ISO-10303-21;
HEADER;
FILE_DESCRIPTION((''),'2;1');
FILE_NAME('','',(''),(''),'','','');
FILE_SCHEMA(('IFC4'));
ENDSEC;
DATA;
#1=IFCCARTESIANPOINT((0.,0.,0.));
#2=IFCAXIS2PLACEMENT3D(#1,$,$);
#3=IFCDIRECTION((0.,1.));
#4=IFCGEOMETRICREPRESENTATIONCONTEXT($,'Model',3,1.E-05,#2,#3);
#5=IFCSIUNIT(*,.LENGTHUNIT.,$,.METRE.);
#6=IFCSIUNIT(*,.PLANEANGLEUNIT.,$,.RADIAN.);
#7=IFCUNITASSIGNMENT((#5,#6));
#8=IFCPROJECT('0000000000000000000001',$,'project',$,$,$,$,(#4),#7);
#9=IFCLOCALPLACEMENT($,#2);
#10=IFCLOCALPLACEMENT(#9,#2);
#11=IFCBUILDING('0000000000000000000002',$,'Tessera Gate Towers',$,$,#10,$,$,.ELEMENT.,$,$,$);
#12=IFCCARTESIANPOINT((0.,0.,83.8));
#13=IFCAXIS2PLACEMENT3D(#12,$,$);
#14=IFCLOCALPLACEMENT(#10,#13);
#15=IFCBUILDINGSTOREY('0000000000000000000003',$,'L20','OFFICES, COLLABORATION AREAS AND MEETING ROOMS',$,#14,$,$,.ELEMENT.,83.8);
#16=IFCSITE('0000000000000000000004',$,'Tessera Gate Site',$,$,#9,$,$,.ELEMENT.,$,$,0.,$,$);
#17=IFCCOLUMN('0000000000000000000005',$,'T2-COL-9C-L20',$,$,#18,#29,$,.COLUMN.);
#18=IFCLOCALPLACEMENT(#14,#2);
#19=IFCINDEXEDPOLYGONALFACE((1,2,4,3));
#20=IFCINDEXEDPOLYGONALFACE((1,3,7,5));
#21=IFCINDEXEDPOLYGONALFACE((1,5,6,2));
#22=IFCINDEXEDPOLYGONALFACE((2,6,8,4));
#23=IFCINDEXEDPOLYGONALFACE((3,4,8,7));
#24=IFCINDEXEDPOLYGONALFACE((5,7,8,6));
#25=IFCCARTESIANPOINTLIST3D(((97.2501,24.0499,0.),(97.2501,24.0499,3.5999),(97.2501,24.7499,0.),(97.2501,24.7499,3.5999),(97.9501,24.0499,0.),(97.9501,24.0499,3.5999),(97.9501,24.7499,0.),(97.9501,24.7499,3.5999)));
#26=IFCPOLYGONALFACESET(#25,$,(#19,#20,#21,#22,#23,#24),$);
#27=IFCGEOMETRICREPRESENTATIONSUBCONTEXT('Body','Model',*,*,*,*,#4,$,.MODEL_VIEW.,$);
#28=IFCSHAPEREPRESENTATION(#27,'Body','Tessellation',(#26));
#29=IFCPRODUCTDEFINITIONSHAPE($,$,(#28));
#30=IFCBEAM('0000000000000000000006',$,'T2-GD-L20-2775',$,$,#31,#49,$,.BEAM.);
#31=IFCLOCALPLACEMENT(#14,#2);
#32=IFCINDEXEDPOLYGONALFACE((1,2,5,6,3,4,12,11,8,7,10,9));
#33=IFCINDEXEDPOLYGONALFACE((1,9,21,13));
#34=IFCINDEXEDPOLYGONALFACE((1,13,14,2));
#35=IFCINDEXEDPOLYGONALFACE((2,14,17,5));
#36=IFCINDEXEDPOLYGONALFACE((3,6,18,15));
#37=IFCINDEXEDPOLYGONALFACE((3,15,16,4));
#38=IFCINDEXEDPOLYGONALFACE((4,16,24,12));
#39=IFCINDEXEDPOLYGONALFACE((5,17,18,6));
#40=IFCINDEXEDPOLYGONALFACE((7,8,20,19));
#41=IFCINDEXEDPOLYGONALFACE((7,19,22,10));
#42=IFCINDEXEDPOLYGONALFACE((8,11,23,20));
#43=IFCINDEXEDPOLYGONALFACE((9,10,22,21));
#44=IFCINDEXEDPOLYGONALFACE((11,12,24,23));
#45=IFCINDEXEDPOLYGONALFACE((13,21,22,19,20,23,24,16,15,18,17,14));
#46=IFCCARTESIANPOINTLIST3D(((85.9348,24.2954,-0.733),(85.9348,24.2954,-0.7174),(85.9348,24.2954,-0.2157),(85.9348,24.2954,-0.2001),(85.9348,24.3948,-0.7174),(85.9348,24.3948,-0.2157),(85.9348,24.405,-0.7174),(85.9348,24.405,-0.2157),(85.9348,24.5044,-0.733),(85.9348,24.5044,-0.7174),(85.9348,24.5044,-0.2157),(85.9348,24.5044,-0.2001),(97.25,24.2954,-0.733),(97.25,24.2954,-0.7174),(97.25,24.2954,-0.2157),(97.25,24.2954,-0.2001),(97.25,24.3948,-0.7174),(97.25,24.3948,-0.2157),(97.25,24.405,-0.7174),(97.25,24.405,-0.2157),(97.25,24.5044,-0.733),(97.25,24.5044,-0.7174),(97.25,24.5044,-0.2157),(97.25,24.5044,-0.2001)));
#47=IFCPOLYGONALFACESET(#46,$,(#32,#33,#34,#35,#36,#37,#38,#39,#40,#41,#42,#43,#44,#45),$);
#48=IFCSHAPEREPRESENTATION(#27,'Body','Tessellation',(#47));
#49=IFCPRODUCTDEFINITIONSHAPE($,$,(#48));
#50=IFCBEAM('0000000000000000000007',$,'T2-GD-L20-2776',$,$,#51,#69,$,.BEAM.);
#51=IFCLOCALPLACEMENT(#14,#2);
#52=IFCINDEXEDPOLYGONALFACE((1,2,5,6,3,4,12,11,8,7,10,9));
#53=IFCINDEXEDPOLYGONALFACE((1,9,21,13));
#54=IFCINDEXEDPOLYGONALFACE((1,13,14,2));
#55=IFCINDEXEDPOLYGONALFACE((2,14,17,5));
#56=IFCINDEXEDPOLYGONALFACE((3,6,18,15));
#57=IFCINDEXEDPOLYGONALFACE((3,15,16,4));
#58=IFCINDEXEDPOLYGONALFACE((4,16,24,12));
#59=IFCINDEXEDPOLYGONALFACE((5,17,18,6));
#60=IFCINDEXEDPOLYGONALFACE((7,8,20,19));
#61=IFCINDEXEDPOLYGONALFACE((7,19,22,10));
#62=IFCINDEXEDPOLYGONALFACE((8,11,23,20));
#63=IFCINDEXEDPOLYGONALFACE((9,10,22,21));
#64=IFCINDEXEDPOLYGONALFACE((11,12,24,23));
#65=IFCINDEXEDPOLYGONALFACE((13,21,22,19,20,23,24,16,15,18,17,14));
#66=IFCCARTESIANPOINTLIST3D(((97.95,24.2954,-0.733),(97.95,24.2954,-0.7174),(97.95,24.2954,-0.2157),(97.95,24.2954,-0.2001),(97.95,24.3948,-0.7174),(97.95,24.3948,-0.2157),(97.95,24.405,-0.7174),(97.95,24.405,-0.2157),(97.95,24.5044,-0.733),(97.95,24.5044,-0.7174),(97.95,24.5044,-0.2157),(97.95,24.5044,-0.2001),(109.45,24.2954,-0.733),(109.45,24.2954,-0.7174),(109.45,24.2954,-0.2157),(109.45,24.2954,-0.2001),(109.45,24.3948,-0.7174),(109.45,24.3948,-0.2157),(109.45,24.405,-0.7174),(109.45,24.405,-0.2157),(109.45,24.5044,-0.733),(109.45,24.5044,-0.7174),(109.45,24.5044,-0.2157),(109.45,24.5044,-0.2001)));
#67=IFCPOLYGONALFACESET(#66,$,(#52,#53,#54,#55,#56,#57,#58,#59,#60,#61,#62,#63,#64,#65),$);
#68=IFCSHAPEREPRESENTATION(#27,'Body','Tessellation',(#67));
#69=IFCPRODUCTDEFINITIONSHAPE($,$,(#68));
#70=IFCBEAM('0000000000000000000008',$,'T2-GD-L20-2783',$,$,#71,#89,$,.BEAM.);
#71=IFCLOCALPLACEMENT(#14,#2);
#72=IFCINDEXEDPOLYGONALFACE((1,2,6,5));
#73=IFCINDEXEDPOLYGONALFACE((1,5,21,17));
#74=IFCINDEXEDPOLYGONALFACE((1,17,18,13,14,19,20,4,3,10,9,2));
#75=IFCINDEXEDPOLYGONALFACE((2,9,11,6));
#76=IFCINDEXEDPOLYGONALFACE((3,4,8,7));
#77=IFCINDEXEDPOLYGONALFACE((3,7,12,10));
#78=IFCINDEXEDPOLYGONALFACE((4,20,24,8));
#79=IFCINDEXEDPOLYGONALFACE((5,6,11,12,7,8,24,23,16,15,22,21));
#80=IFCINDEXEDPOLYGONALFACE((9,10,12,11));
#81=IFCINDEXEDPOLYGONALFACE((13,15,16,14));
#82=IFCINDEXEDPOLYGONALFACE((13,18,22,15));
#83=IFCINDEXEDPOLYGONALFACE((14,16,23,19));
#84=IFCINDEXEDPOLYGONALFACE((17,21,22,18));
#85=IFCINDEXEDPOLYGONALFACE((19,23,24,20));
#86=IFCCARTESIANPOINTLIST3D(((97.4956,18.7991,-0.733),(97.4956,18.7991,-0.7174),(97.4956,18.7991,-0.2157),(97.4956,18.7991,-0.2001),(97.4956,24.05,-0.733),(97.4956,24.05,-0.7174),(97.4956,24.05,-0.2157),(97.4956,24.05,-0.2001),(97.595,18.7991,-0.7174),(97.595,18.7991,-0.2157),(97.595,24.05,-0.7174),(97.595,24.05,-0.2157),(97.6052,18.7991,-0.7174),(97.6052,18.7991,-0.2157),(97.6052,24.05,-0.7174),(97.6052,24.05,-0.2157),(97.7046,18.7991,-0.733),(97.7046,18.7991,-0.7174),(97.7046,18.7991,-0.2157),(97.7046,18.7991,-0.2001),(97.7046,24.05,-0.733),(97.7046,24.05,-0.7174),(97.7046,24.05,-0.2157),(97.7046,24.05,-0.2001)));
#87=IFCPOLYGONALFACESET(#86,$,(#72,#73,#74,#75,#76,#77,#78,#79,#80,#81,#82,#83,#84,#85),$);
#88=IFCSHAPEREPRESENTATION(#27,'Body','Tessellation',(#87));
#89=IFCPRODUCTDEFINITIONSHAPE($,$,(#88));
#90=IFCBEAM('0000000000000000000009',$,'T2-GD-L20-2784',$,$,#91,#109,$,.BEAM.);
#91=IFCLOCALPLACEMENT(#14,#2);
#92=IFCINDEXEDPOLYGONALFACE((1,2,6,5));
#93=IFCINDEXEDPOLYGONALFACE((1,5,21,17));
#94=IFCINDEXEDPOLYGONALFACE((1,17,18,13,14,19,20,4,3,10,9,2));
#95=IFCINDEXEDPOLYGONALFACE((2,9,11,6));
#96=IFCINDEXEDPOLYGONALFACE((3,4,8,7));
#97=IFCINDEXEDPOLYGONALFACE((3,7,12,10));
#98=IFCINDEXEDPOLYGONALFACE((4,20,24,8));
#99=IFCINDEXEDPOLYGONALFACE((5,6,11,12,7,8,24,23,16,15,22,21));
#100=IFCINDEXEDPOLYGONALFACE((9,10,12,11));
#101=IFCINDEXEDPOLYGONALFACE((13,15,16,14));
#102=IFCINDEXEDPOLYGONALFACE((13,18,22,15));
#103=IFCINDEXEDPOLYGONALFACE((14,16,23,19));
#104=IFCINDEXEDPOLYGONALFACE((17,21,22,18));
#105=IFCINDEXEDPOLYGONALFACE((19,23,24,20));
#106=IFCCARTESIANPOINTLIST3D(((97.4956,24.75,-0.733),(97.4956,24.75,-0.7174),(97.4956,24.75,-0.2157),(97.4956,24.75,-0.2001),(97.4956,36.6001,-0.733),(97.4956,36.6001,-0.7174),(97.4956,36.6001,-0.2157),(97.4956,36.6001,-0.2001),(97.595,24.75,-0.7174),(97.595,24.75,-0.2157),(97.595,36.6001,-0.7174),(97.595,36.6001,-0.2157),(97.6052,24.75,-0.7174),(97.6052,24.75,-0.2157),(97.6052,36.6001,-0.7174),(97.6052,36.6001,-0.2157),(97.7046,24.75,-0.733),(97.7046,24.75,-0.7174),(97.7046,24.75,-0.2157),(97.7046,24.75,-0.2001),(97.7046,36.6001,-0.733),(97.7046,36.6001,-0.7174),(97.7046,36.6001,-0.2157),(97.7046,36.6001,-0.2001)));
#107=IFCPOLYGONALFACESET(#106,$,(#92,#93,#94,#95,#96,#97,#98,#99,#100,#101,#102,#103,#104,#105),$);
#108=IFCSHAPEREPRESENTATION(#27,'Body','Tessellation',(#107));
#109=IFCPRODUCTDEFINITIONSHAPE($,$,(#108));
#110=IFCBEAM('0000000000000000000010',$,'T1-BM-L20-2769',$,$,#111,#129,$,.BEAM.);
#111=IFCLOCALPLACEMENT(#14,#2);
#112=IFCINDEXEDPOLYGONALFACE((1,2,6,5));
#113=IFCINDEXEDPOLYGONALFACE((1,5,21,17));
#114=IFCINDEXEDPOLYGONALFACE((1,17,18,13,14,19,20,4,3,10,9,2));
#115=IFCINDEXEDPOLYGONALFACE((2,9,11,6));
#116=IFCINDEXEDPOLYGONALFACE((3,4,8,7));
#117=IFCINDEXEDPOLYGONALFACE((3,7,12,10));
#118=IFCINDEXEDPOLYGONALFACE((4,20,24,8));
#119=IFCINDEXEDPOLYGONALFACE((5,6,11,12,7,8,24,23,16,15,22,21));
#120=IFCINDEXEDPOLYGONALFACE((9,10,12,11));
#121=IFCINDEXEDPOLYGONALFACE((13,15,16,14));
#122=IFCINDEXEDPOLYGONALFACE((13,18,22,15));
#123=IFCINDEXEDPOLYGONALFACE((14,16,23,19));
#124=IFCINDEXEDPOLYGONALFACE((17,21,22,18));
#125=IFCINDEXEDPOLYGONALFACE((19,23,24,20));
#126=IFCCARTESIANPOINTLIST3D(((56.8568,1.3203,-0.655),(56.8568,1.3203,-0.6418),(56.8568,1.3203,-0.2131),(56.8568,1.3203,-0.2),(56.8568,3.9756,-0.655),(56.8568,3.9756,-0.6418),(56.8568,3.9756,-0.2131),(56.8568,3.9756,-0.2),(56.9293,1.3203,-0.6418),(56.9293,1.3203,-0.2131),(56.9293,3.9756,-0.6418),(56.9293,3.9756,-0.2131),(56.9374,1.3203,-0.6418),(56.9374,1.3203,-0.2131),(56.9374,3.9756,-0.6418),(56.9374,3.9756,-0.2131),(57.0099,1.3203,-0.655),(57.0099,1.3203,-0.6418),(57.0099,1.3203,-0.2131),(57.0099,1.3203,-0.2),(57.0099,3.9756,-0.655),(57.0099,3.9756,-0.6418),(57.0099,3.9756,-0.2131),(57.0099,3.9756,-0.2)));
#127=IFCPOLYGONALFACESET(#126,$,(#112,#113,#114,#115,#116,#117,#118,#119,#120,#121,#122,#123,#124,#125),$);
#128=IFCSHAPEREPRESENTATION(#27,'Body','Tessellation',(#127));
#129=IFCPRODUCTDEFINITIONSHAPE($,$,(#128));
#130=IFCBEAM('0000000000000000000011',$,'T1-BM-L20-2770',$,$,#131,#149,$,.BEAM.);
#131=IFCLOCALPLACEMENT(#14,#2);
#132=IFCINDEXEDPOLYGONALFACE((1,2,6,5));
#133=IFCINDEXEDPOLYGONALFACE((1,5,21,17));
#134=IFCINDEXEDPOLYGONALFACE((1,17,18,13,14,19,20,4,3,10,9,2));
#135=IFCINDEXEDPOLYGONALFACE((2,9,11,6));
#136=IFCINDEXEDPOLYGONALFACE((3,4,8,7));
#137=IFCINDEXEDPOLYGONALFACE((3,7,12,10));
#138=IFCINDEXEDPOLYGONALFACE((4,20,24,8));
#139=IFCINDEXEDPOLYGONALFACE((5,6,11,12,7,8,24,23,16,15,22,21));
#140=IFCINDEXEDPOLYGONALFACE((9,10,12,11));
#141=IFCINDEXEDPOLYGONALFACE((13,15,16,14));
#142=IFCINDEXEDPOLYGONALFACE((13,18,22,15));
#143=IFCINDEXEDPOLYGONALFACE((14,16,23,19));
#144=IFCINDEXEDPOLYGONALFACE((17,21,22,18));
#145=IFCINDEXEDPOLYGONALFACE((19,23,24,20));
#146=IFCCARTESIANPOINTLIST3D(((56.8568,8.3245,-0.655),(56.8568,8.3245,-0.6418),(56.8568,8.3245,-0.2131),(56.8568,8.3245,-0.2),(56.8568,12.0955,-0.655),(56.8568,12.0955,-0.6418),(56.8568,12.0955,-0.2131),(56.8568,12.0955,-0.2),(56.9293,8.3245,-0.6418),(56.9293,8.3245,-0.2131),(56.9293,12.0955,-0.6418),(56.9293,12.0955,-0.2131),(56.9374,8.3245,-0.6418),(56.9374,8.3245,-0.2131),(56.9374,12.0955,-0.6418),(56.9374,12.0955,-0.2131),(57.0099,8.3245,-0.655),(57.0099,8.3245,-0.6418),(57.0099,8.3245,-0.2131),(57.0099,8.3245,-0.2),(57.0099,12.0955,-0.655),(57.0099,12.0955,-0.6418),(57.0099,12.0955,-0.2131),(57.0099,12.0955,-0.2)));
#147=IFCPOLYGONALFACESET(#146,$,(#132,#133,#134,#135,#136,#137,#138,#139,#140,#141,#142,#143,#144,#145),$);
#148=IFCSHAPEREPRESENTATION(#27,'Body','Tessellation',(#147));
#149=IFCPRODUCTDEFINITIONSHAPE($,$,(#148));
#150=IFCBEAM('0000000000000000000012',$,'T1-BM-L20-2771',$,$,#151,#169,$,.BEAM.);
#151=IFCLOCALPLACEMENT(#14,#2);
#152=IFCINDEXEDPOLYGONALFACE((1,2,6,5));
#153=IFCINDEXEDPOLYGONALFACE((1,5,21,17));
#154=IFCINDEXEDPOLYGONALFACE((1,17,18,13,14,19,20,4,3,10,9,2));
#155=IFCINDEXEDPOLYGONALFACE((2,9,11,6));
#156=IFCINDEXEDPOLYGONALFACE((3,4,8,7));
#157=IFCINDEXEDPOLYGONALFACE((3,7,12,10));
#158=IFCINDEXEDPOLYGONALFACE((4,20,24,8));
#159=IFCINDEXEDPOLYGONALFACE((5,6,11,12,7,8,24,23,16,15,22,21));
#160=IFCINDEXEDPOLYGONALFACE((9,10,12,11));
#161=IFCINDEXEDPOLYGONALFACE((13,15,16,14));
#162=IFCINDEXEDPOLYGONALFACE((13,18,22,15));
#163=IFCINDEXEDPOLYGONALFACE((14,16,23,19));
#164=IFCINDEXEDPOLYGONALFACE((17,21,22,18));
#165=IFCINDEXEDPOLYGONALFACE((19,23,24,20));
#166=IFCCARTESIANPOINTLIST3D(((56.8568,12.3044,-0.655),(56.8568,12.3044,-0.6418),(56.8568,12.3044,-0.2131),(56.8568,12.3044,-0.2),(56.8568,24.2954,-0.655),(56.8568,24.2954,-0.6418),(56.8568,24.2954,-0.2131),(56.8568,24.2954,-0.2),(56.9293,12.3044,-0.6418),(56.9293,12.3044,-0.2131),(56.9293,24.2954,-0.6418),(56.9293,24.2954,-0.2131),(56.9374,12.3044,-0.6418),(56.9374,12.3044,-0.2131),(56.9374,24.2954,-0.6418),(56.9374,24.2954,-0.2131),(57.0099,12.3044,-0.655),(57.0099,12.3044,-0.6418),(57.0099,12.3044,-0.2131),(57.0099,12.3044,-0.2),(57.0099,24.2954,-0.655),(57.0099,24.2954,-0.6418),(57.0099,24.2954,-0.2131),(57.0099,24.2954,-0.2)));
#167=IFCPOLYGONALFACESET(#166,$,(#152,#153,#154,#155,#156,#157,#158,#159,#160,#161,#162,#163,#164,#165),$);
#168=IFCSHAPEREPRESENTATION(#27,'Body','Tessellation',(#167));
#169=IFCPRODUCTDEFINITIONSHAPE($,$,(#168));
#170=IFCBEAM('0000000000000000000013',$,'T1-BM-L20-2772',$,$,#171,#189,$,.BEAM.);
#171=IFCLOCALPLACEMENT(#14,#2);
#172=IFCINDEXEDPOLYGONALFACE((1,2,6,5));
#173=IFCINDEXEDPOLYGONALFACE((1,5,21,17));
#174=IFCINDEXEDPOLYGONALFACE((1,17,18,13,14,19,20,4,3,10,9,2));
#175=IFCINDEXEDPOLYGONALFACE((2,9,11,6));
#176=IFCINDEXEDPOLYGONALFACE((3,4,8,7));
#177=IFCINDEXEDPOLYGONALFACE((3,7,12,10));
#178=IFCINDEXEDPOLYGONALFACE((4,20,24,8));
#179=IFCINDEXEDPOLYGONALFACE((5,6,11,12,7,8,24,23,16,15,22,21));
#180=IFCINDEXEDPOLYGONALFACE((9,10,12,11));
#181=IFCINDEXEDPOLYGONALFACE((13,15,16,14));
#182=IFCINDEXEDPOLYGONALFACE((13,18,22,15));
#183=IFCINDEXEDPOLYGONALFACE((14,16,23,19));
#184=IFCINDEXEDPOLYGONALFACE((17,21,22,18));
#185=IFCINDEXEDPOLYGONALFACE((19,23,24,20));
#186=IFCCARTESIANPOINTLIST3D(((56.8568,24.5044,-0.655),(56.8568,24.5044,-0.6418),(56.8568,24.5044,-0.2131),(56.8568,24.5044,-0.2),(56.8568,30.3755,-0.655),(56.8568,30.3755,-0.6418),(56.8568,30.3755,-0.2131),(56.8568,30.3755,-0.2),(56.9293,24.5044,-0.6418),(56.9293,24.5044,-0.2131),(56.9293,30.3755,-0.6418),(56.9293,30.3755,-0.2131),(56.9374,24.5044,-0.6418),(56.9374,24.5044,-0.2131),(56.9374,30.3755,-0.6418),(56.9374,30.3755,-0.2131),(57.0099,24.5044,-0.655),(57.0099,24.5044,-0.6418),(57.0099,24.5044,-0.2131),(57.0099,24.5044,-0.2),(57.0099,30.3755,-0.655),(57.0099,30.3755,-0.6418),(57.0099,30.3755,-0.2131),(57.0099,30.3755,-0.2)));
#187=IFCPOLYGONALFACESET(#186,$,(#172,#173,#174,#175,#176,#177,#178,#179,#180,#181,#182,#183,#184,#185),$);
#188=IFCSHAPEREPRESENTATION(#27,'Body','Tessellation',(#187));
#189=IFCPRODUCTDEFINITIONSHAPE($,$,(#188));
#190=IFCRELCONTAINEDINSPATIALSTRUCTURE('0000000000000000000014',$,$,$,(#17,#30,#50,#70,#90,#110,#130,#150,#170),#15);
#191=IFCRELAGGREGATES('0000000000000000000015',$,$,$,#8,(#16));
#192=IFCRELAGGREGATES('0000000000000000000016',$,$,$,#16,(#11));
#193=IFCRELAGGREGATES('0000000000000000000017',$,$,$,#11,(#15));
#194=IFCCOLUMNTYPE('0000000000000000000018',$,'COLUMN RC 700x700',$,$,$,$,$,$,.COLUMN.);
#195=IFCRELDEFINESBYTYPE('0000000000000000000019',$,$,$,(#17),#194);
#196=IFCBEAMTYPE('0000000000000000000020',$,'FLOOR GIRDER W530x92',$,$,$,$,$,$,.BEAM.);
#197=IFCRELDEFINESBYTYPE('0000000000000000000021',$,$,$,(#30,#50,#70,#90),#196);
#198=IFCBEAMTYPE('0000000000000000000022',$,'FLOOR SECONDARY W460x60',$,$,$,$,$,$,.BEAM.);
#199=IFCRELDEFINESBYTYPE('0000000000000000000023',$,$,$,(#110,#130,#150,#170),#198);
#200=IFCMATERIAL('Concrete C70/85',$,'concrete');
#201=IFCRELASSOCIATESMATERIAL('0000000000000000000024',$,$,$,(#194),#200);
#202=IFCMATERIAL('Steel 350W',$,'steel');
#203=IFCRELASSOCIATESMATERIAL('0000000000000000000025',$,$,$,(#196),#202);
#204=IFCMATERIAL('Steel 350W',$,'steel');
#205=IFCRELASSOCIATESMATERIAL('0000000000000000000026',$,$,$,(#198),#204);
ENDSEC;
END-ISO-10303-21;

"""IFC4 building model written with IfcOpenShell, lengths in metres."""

from ifc_helpers import new_model, si_unit, direction, frame, origin, origin_2d, place, context, subcontext, project, spatial, rectangle, i_section, extrude, material, material_profile, profile_set, type_object, element, save


model = new_model("IFC4")

# Units and contexts
model_context = context("Model", 3, precision=1e-05, world=origin(), true_north=direction((0.0, 1.0)))
body_context = subcontext(model_context, "Body", "Model", "MODEL_VIEW")
ifc_project = project(units=[si_unit("LENGTHUNIT", "METRE"), si_unit("PLANEANGLEUNIT", "RADIAN")], contexts=[model_context])

# Site, building, storey
site_placement = place(None, origin())
site = spatial("IfcSite", under=ifc_project, at=site_placement, Name="Tessera Gate Site", CompositionType="ELEMENT", RefElevation=0.0)
building_placement = place(site_placement, origin())
building = spatial("IfcBuilding", under=site, at=building_placement, Name="Tessera Gate Towers", CompositionType="ELEMENT")
storey_placement = place(building_placement, frame((0.0, 0.0, 83.8)))
storey = spatial("IfcBuildingStorey", under=building, at=storey_placement, Name="L20", Description="OFFICES, COLLABORATION AREAS AND MEETING ROOMS", CompositionType="ELEMENT", Elevation=83.8)

# Column
ifc_material_1 = material(Name="Concrete C70/85", Category="concrete")
ifc_material_profile_1 = material_profile(ifc_material_1, rectangle(XDim=0.7, YDim=0.7, at=origin_2d()), Name="RC 700x700")
ifc_profile_set_1 = profile_set([ifc_material_profile_1], Name="Concrete C70/85")
column_type = type_object("IfcColumnType", Name="COLUMN RC 700x700", PredefinedType="COLUMN", material=ifc_profile_set_1)
column_placement = place(storey_placement, frame((97.6001, 24.3999, 0.0), z_axis=(0.0, 0.0, 1.0), x_axis=(1.0, 0.0, 0.0)))
element("IfcColumn", 1, at=column_placement, inside=storey, type_object=column_type, Name="T2-COL-9C-L20", PredefinedType="COLUMN", context=body_context, shape_type="SweptSolid", body=[
    extrude(rectangle(XDim=0.7, YDim=0.7, at=origin_2d()), origin(), (0.0, 0.0, 1.0), 3.5999),
])

# Beams
ifc_material_2 = material(Name="Steel 350W", Category="steel")
ifc_material_profile_2 = material_profile(ifc_material_2, i_section(OverallWidth=0.209, OverallDepth=0.533, WebThickness=0.0103, FlangeThickness=0.0156, at=origin_2d()), Name="W530x92")
ifc_profile_set_2 = profile_set([ifc_material_profile_2], Name="Steel 350W")
beam_type_1 = type_object("IfcBeamType", Name="FLOOR GIRDER W530x92", PredefinedType="BEAM", material=ifc_profile_set_2)
beam_1_placement = place(storey_placement, frame((85.9348, 24.3999, -0.4666), z_axis=(1.0, 0.0, 0.0), x_axis=(0.0, 1.0, 0.0)))
element("IfcBeam", 2, at=beam_1_placement, inside=storey, type_object=beam_type_1, Name="T2-GD-L20-2775", PredefinedType="BEAM", context=body_context, shape_type="SweptSolid", body=[
    extrude(i_section(OverallWidth=0.209, OverallDepth=0.533, WebThickness=0.0103, FlangeThickness=0.0156, at=origin_2d()), origin(), (0.0, 0.0, 1.0), 11.3152),
])
beam_2_placement = place(storey_placement, frame((97.95, 24.3999, -0.4666), z_axis=(1.0, 0.0, 0.0), x_axis=(0.0, 1.0, 0.0)))
element("IfcBeam", 3, at=beam_2_placement, inside=storey, type_object=beam_type_1, Name="T2-GD-L20-2776", PredefinedType="BEAM", context=body_context, shape_type="SweptSolid", body=[
    extrude(i_section(OverallWidth=0.209, OverallDepth=0.533, WebThickness=0.0103, FlangeThickness=0.0156, at=origin_2d()), origin(), (0.0, 0.0, 1.0), 11.5),
])
beam_3_placement = place(storey_placement, frame((97.6001, 18.7991, -0.4666), z_axis=(0.0, 1.0, 0.0), x_axis=(-1.0, 0.0, 0.0)))
element("IfcBeam", 4, at=beam_3_placement, inside=storey, type_object=beam_type_1, Name="T2-GD-L20-2783", PredefinedType="BEAM", context=body_context, shape_type="SweptSolid", body=[
    extrude(i_section(OverallWidth=0.209, OverallDepth=0.533, WebThickness=0.0103, FlangeThickness=0.0156, at=origin_2d()), origin(), (0.0, 0.0, 1.0), 5.251),
])
beam_4_placement = place(storey_placement, frame((97.6001, 24.75, -0.4666), z_axis=(0.0, 1.0, 0.0), x_axis=(-1.0, 0.0, 0.0)))
element("IfcBeam", 5, at=beam_4_placement, inside=storey, type_object=beam_type_1, Name="T2-GD-L20-2784", PredefinedType="BEAM", context=body_context, shape_type="SweptSolid", body=[
    extrude(i_section(OverallWidth=0.209, OverallDepth=0.533, WebThickness=0.0103, FlangeThickness=0.0156, at=origin_2d()), origin(), (0.0, 0.0, 1.0), 11.8501),
])
ifc_material_3 = material(Name="Steel 350W", Category="steel")
ifc_material_profile_3 = material_profile(ifc_material_3, i_section(OverallWidth=0.1531, OverallDepth=0.4551, WebThickness=0.0081, FlangeThickness=0.0132, at=origin_2d()), Name="W460x60")
ifc_profile_set_3 = profile_set([ifc_material_profile_3], Name="Steel 350W")
beam_type_2 = type_object("IfcBeamType", Name="FLOOR SECONDARY W460x60", PredefinedType="BEAM", material=ifc_profile_set_3)
beam_5_placement = place(storey_placement, frame((56.9333, 1.3203, -0.4275), z_axis=(0.0, 1.0, 0.0), x_axis=(-1.0, 0.0, 0.0)))
element("IfcBeam", 6, at=beam_5_placement, inside=storey, type_object=beam_type_2, Name="T1-BM-L20-2769", PredefinedType="BEAM", context=body_context, shape_type="SweptSolid", body=[
    extrude(i_section(OverallWidth=0.1531, OverallDepth=0.4551, WebThickness=0.0081, FlangeThickness=0.0132, at=origin_2d()), origin(), (0.0, 0.0, 1.0), 2.6553),
])
beam_6_placement = place(storey_placement, frame((56.9333, 8.3245, -0.4275), z_axis=(0.0, 1.0, 0.0), x_axis=(-1.0, 0.0, 0.0)))
element("IfcBeam", 7, at=beam_6_placement, inside=storey, type_object=beam_type_2, Name="T1-BM-L20-2770", PredefinedType="BEAM", context=body_context, shape_type="SweptSolid", body=[
    extrude(i_section(OverallWidth=0.1531, OverallDepth=0.4551, WebThickness=0.0081, FlangeThickness=0.0132, at=origin_2d()), origin(), (0.0, 0.0, 1.0), 3.771),
])
beam_7_placement = place(storey_placement, frame((56.9333, 12.3044, -0.4275), z_axis=(0.0, 1.0, 0.0), x_axis=(-1.0, 0.0, 0.0)))
element("IfcBeam", 8, at=beam_7_placement, inside=storey, type_object=beam_type_2, Name="T1-BM-L20-2771", PredefinedType="BEAM", context=body_context, shape_type="SweptSolid", body=[
    extrude(i_section(OverallWidth=0.1531, OverallDepth=0.4551, WebThickness=0.0081, FlangeThickness=0.0132, at=origin_2d()), origin(), (0.0, 0.0, 1.0), 11.991),
])
beam_8_placement = place(storey_placement, frame((56.9333, 24.5044, -0.4275), z_axis=(0.0, 1.0, 0.0), x_axis=(-1.0, 0.0, 0.0)))
element("IfcBeam", 9, at=beam_8_placement, inside=storey, type_object=beam_type_2, Name="T1-BM-L20-2772", PredefinedType="BEAM", context=body_context, shape_type="SweptSolid", body=[
    extrude(i_section(OverallWidth=0.1531, OverallDepth=0.4551, WebThickness=0.0081, FlangeThickness=0.0132, at=origin_2d()), origin(), (0.0, 0.0, 1.0), 5.8711),
])

save(model, "model.ifc")
